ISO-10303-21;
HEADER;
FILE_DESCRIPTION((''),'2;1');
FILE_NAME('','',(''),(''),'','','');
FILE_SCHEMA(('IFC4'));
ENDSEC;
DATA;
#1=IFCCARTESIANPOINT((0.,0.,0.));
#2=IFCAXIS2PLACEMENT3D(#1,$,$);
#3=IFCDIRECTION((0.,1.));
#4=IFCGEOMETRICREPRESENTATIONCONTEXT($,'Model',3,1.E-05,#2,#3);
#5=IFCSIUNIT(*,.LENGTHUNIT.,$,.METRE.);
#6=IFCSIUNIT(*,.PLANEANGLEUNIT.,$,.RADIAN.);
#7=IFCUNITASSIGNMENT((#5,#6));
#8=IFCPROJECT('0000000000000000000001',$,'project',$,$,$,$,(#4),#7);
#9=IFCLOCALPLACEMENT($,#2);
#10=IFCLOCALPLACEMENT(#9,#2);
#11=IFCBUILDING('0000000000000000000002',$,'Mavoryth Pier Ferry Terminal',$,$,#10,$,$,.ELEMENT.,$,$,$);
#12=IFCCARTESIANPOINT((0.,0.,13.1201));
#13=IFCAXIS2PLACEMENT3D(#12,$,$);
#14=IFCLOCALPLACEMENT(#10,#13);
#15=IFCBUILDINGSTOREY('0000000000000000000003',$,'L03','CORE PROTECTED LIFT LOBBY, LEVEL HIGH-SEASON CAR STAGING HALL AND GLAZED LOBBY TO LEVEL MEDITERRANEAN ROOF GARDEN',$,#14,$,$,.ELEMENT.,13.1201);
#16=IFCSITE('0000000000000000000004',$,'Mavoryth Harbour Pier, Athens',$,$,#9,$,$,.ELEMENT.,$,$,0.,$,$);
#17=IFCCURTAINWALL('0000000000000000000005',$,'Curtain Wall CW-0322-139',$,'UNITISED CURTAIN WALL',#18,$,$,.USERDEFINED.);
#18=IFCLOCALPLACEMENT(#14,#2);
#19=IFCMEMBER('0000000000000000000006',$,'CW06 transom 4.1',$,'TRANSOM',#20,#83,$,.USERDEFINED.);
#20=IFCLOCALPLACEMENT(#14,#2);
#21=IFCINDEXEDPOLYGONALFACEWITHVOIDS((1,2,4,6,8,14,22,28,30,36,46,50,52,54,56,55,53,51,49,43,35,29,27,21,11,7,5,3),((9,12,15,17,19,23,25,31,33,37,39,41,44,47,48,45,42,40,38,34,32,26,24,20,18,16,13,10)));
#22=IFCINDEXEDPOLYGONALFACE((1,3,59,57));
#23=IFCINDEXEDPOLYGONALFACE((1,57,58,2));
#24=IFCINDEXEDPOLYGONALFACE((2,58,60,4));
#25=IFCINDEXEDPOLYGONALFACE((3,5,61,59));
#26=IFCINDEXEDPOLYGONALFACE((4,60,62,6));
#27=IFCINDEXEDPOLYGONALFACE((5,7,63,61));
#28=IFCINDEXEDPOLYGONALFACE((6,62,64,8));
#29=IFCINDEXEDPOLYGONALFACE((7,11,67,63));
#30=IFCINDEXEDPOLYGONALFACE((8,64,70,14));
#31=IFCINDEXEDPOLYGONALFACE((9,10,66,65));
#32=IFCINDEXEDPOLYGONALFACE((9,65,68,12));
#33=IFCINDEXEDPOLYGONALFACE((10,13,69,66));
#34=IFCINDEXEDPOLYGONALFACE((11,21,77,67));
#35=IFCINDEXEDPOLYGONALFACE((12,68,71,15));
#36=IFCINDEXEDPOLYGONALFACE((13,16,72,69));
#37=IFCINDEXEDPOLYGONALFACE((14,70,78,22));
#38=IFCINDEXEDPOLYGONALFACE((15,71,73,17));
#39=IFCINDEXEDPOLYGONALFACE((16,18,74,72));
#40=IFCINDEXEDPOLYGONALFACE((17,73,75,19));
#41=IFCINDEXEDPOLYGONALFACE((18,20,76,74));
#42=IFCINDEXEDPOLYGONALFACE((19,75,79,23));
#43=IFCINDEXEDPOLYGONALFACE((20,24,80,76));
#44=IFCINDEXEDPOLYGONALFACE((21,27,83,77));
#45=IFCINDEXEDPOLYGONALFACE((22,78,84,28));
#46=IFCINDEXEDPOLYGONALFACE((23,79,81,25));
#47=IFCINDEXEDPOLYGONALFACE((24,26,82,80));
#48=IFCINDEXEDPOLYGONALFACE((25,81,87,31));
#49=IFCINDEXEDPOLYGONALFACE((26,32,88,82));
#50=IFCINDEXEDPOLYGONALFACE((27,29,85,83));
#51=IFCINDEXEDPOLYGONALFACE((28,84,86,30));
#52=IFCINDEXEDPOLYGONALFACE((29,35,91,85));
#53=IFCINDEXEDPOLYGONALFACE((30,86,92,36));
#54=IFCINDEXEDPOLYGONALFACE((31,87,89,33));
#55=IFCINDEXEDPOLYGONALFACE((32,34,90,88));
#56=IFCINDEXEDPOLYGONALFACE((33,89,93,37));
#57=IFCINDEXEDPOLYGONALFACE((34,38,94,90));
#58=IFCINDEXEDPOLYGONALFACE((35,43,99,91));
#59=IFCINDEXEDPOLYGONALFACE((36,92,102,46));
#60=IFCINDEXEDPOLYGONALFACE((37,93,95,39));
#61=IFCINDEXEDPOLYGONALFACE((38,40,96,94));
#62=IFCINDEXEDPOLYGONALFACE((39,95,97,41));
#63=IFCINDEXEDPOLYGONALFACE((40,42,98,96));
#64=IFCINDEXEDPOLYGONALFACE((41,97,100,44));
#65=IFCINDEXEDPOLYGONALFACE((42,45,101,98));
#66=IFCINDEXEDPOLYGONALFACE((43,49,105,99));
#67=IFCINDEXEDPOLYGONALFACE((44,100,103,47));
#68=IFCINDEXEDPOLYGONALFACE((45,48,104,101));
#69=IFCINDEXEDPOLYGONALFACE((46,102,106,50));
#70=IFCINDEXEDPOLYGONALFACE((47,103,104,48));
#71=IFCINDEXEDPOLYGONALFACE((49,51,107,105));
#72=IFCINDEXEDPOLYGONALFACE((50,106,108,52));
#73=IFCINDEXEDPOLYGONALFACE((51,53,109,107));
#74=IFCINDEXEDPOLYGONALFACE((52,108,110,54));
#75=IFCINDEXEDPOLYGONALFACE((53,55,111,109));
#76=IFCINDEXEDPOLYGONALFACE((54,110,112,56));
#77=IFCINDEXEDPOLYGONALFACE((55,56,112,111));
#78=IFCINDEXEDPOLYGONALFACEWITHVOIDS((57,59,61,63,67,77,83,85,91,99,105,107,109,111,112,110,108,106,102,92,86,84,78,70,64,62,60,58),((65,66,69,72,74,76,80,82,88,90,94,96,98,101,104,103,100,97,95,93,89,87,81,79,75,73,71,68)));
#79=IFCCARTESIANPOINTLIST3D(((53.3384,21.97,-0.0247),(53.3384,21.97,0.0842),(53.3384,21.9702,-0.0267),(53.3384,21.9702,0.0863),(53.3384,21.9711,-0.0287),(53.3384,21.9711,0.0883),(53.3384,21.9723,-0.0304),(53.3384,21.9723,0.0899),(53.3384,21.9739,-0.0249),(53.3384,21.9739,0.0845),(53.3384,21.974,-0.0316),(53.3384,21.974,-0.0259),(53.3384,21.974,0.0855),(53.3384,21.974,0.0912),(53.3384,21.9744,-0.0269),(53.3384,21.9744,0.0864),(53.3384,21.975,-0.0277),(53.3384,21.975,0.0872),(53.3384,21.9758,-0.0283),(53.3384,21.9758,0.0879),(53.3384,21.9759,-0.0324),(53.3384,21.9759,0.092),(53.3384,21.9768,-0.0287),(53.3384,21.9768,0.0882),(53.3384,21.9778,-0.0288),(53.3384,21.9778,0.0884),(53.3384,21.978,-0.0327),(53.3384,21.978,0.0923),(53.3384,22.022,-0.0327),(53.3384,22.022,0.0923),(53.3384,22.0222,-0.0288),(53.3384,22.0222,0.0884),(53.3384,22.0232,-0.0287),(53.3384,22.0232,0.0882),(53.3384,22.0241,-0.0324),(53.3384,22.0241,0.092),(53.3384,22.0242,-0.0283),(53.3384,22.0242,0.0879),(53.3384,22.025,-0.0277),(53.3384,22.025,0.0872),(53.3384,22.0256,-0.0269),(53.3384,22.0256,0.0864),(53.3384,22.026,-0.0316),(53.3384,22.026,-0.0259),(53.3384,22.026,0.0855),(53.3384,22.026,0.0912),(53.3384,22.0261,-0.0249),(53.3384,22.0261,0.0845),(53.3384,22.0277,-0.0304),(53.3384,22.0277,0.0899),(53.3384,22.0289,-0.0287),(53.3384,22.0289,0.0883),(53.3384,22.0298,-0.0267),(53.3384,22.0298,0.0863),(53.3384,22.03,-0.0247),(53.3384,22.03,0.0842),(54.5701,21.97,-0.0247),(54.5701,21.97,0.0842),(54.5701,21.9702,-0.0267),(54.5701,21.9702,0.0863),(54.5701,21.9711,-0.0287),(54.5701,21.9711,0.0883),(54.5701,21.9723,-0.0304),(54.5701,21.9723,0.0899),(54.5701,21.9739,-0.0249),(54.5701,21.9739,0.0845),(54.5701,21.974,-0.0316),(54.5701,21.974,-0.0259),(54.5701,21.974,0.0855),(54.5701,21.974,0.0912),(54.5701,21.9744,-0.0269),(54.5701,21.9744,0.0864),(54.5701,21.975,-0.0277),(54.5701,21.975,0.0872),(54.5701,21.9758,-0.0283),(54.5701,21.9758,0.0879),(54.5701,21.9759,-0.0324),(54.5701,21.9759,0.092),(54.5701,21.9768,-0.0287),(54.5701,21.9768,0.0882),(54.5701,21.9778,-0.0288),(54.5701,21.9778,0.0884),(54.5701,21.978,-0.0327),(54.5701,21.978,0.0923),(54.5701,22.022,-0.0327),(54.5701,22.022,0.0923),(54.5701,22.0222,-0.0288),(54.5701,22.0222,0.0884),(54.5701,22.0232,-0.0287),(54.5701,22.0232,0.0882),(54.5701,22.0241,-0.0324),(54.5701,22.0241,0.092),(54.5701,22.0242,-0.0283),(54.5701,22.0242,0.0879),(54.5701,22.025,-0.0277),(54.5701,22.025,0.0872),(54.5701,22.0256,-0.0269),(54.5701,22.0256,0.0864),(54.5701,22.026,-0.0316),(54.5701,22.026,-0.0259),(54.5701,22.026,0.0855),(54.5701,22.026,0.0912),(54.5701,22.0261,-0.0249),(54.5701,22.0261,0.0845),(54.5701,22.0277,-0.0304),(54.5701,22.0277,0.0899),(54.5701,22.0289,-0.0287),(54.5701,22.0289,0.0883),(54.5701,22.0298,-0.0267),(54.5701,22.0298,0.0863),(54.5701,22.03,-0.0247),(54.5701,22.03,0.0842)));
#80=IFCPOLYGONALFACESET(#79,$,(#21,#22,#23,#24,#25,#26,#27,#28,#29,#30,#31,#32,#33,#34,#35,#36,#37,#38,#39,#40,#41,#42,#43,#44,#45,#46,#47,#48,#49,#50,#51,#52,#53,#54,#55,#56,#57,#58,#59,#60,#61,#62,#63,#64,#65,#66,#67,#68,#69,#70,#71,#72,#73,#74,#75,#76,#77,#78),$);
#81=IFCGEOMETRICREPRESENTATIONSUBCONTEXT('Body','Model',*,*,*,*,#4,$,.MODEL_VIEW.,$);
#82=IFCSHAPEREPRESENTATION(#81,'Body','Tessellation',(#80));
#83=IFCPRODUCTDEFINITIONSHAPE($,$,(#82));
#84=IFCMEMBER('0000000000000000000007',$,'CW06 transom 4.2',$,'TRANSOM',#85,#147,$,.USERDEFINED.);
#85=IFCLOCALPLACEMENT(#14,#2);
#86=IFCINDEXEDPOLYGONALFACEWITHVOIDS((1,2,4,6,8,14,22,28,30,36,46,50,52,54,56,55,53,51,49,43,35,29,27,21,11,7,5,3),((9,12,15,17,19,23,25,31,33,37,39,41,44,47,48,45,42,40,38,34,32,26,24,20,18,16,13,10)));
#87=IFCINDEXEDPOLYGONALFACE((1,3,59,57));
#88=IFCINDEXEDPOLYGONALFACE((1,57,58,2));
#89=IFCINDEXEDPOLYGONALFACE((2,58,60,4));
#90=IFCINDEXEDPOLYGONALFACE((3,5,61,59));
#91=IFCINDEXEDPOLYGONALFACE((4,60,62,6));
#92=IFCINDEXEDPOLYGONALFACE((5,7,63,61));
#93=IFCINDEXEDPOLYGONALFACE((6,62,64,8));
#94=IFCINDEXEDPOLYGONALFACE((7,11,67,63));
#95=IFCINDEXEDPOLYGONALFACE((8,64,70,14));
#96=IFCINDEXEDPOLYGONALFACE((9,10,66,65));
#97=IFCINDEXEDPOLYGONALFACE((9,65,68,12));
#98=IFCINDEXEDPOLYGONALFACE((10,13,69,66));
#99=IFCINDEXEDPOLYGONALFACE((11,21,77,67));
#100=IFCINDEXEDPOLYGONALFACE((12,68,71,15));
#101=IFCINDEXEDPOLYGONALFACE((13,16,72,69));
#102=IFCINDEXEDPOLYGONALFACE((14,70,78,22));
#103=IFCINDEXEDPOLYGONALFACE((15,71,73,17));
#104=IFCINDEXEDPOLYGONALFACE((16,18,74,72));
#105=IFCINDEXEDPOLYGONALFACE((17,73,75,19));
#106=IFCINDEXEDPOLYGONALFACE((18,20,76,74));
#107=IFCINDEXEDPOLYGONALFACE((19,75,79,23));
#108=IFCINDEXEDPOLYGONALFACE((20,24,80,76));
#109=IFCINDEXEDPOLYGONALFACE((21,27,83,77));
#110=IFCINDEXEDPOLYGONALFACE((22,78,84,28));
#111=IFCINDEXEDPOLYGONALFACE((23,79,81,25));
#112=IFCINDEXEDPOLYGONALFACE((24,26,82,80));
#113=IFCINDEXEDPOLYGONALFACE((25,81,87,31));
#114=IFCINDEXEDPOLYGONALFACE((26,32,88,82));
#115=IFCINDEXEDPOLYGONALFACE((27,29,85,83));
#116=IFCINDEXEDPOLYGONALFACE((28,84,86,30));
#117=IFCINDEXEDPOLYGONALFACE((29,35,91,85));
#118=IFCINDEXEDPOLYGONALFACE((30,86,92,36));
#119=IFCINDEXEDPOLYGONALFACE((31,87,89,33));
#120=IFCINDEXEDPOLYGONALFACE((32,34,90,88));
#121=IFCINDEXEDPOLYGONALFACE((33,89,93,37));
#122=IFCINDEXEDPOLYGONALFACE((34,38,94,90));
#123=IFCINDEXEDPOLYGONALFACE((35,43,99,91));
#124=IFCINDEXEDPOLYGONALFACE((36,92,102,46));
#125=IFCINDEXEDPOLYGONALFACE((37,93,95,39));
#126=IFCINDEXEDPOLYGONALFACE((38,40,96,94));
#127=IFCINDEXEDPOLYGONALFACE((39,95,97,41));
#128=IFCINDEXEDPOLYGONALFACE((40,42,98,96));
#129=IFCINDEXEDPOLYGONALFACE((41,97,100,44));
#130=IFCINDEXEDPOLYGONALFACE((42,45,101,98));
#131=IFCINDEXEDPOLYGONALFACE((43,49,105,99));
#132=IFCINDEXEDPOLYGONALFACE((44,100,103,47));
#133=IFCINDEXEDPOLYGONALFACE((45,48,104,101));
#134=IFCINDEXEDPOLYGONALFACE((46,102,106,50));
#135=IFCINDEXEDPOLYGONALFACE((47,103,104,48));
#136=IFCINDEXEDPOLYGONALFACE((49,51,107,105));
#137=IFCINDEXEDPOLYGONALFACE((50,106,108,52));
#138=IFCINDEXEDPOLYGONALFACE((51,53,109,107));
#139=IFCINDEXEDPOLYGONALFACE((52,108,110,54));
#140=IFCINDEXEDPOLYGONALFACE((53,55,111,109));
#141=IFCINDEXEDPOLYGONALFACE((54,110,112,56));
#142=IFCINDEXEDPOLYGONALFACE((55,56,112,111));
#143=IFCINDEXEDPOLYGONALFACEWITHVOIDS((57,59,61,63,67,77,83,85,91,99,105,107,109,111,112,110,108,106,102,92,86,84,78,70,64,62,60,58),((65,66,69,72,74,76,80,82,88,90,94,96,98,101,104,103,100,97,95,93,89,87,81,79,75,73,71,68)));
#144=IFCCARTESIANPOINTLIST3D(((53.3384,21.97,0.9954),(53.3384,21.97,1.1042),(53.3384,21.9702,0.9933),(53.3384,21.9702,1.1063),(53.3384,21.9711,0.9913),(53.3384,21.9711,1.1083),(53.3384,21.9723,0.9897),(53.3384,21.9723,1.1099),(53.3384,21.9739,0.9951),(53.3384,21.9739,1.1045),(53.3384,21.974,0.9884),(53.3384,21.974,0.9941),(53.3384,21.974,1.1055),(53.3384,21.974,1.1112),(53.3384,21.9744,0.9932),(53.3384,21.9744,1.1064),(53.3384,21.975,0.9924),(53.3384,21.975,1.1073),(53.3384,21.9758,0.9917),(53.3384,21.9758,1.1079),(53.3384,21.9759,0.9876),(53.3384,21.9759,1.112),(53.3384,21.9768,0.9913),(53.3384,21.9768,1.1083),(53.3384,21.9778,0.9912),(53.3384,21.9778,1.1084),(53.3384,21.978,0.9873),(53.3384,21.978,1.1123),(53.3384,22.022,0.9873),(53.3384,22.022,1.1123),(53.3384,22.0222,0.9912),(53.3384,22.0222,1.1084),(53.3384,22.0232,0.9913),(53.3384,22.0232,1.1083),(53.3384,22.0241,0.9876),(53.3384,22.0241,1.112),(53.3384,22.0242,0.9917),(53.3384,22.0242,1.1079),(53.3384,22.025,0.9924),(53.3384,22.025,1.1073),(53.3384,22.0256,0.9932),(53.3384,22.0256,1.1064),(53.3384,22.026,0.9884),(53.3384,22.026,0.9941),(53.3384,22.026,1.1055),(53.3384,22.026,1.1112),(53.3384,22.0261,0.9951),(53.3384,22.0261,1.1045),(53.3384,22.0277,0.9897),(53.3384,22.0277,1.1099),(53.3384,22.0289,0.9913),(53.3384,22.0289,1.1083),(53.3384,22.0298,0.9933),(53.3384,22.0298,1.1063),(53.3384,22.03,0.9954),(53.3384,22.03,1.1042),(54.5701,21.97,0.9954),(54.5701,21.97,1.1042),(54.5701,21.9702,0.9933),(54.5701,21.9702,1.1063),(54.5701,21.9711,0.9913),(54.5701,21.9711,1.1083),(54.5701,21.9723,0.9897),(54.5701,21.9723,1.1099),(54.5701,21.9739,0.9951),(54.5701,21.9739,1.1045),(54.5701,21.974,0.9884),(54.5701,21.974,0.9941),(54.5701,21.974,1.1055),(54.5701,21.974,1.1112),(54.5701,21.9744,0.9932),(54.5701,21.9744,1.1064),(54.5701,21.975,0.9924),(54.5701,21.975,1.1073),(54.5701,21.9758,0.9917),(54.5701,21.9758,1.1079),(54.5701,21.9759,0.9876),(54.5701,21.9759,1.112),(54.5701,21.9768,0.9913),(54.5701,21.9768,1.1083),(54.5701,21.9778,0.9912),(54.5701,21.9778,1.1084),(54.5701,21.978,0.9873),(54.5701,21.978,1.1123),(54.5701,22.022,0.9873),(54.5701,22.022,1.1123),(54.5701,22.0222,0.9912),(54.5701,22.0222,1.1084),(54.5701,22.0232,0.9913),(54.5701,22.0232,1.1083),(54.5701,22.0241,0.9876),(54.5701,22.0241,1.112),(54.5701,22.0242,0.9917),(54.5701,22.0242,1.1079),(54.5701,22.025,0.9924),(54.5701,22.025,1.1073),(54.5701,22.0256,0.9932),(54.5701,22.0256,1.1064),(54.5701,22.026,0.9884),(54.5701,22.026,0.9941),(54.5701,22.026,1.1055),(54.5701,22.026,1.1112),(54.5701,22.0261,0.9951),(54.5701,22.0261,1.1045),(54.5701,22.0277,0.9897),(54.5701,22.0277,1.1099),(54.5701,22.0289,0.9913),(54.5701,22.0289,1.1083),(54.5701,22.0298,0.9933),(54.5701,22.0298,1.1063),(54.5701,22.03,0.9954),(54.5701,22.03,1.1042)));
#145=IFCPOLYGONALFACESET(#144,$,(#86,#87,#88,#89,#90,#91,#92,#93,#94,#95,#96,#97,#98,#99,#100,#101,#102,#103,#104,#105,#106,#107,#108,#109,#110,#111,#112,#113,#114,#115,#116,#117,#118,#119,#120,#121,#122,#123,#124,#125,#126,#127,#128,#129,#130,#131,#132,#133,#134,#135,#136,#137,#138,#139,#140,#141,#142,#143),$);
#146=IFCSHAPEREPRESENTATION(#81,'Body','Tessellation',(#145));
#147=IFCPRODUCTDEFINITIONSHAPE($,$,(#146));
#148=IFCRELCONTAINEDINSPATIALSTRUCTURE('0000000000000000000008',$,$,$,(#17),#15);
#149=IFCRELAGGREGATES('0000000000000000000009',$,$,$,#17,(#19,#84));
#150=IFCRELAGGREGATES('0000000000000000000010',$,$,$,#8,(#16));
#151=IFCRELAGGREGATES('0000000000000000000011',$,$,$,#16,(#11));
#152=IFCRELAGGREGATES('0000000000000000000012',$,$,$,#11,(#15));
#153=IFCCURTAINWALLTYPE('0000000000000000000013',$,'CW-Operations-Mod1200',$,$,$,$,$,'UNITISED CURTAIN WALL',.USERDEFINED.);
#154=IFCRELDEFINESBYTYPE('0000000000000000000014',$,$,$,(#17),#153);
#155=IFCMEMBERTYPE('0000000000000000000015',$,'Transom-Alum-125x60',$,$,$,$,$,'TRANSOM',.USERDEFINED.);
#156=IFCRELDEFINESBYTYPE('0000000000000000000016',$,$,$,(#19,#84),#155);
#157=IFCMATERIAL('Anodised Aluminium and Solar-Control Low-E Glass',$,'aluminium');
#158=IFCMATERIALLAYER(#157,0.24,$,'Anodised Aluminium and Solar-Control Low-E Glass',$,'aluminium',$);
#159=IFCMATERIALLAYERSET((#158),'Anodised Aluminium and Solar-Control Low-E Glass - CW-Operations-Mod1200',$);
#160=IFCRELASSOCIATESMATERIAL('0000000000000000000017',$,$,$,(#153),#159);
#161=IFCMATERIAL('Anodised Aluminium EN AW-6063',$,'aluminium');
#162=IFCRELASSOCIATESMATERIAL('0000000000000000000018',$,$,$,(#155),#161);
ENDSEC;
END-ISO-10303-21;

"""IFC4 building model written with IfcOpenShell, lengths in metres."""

from ifc_helpers import new_model, si_unit, direction, frame, origin, origin_2d, place, context, subcontext, project, spatial, hollow_rectangle, extrude, material, layer, layer_set, material_profile, profile_set, type_object, element, aggregate, save


model = new_model("IFC4")

# Units and contexts
model_context = context("Model", 3, precision=1e-05, world=origin(), true_north=direction((0.0, 1.0)))
body_context = subcontext(model_context, "Body", "Model", "MODEL_VIEW")
ifc_project = project(units=[si_unit("LENGTHUNIT", "METRE"), si_unit("PLANEANGLEUNIT", "RADIAN")], contexts=[model_context])

# Site, building, storey
site_placement = place(None, origin())
site = spatial("IfcSite", under=ifc_project, at=site_placement, Name="Mavoryth Harbour Pier, Athens", CompositionType="ELEMENT", RefElevation=0.0)
building_placement = place(site_placement, origin())
building = spatial("IfcBuilding", under=site, at=building_placement, Name="Mavoryth Pier Ferry Terminal", CompositionType="ELEMENT")
storey_placement = place(building_placement, frame((0.0, 0.0, 13.1201)))
storey = spatial("IfcBuildingStorey", under=building, at=storey_placement, Name="L03", Description="CORE PROTECTED LIFT LOBBY, LEVEL HIGH-SEASON CAR STAGING HALL AND GLAZED LOBBY TO LEVEL MEDITERRANEAN ROOF GARDEN", CompositionType="ELEMENT", Elevation=13.1201)

# Curtain wall
ifc_material_1 = material(Name="Anodised Aluminium and Solar-Control Low-E Glass", Category="aluminium")
ifc_layer_1 = layer(ifc_material_1, 0.24, Name="Anodised Aluminium and Solar-Control Low-E Glass", Category="aluminium")
ifc_layer_set_1 = layer_set([ifc_layer_1], Name="Anodised Aluminium and Solar-Control Low-E Glass - CW-Operations-Mod1200")
curtain_wall_type = type_object("IfcCurtainWallType", Name="CW-Operations-Mod1200", ElementType="UNITISED CURTAIN WALL", PredefinedType="USERDEFINED", material=ifc_layer_set_1)
curtain_wall_placement = place(storey_placement, origin())
curtain_wall = element("IfcCurtainWall", 1, at=curtain_wall_placement, inside=storey, type_object=curtain_wall_type, Name="Curtain Wall CW-0322-139", ObjectType="UNITISED CURTAIN WALL", PredefinedType="USERDEFINED")
ifc_material_2 = material(Name="Anodised Aluminium EN AW-6063", Category="aluminium")

# Members
ifc_material_profile_1 = material_profile(ifc_material_2, hollow_rectangle(XDim=0.0601, YDim=0.125, WallThickness=0.0039, InnerFilletRadius=0.0039, OuterFilletRadius=0.0081, at=origin_2d()), Name="AL-TRAN 125x60x4", Category="aluminium")
ifc_profile_set_1 = profile_set([ifc_material_profile_1], Name="Anodised Aluminium EN AW-6063 - AL-TRAN 125x60x4")
member_type_1 = type_object("IfcMemberType", Name="Transom-Alum-125x60", ElementType="TRANSOM", PredefinedType="USERDEFINED", material=ifc_profile_set_1)
member_1_placement = place(storey_placement, frame((54.5701, 22.0, 0.0298), z_axis=(-1.0, 0.0, 0.0), x_axis=(0.0, -1.0, 0.0)))
member_1 = element("IfcMember", 2, at=member_1_placement, type_object=member_type_1, Name="CW06 transom 4.1", ObjectType="TRANSOM", PredefinedType="USERDEFINED", context=body_context, shape_type="SweptSolid", body=[
    extrude(hollow_rectangle(XDim=0.0601, YDim=0.125, WallThickness=0.0039, InnerFilletRadius=0.0039, OuterFilletRadius=0.0081, at=origin_2d()), origin(), (0.0, 0.0, 1.0), 1.2317),
])
member_2_placement = place(storey_placement, frame((54.5701, 22.0, 1.0498), z_axis=(-1.0, 0.0, 0.0), x_axis=(0.0, -1.0, 0.0)))
member_2 = element("IfcMember", 3, at=member_2_placement, type_object=member_type_1, Name="CW06 transom 4.2", ObjectType="TRANSOM", PredefinedType="USERDEFINED", context=body_context, shape_type="SweptSolid", body=[
    extrude(hollow_rectangle(XDim=0.0601, YDim=0.125, WallThickness=0.0039, InnerFilletRadius=0.0039, OuterFilletRadius=0.0081, at=origin_2d()), origin(), (0.0, 0.0, 1.0), 1.2317),
])

aggregate(curtain_wall, [member_1, member_2])

save(model, "model.ifc")
